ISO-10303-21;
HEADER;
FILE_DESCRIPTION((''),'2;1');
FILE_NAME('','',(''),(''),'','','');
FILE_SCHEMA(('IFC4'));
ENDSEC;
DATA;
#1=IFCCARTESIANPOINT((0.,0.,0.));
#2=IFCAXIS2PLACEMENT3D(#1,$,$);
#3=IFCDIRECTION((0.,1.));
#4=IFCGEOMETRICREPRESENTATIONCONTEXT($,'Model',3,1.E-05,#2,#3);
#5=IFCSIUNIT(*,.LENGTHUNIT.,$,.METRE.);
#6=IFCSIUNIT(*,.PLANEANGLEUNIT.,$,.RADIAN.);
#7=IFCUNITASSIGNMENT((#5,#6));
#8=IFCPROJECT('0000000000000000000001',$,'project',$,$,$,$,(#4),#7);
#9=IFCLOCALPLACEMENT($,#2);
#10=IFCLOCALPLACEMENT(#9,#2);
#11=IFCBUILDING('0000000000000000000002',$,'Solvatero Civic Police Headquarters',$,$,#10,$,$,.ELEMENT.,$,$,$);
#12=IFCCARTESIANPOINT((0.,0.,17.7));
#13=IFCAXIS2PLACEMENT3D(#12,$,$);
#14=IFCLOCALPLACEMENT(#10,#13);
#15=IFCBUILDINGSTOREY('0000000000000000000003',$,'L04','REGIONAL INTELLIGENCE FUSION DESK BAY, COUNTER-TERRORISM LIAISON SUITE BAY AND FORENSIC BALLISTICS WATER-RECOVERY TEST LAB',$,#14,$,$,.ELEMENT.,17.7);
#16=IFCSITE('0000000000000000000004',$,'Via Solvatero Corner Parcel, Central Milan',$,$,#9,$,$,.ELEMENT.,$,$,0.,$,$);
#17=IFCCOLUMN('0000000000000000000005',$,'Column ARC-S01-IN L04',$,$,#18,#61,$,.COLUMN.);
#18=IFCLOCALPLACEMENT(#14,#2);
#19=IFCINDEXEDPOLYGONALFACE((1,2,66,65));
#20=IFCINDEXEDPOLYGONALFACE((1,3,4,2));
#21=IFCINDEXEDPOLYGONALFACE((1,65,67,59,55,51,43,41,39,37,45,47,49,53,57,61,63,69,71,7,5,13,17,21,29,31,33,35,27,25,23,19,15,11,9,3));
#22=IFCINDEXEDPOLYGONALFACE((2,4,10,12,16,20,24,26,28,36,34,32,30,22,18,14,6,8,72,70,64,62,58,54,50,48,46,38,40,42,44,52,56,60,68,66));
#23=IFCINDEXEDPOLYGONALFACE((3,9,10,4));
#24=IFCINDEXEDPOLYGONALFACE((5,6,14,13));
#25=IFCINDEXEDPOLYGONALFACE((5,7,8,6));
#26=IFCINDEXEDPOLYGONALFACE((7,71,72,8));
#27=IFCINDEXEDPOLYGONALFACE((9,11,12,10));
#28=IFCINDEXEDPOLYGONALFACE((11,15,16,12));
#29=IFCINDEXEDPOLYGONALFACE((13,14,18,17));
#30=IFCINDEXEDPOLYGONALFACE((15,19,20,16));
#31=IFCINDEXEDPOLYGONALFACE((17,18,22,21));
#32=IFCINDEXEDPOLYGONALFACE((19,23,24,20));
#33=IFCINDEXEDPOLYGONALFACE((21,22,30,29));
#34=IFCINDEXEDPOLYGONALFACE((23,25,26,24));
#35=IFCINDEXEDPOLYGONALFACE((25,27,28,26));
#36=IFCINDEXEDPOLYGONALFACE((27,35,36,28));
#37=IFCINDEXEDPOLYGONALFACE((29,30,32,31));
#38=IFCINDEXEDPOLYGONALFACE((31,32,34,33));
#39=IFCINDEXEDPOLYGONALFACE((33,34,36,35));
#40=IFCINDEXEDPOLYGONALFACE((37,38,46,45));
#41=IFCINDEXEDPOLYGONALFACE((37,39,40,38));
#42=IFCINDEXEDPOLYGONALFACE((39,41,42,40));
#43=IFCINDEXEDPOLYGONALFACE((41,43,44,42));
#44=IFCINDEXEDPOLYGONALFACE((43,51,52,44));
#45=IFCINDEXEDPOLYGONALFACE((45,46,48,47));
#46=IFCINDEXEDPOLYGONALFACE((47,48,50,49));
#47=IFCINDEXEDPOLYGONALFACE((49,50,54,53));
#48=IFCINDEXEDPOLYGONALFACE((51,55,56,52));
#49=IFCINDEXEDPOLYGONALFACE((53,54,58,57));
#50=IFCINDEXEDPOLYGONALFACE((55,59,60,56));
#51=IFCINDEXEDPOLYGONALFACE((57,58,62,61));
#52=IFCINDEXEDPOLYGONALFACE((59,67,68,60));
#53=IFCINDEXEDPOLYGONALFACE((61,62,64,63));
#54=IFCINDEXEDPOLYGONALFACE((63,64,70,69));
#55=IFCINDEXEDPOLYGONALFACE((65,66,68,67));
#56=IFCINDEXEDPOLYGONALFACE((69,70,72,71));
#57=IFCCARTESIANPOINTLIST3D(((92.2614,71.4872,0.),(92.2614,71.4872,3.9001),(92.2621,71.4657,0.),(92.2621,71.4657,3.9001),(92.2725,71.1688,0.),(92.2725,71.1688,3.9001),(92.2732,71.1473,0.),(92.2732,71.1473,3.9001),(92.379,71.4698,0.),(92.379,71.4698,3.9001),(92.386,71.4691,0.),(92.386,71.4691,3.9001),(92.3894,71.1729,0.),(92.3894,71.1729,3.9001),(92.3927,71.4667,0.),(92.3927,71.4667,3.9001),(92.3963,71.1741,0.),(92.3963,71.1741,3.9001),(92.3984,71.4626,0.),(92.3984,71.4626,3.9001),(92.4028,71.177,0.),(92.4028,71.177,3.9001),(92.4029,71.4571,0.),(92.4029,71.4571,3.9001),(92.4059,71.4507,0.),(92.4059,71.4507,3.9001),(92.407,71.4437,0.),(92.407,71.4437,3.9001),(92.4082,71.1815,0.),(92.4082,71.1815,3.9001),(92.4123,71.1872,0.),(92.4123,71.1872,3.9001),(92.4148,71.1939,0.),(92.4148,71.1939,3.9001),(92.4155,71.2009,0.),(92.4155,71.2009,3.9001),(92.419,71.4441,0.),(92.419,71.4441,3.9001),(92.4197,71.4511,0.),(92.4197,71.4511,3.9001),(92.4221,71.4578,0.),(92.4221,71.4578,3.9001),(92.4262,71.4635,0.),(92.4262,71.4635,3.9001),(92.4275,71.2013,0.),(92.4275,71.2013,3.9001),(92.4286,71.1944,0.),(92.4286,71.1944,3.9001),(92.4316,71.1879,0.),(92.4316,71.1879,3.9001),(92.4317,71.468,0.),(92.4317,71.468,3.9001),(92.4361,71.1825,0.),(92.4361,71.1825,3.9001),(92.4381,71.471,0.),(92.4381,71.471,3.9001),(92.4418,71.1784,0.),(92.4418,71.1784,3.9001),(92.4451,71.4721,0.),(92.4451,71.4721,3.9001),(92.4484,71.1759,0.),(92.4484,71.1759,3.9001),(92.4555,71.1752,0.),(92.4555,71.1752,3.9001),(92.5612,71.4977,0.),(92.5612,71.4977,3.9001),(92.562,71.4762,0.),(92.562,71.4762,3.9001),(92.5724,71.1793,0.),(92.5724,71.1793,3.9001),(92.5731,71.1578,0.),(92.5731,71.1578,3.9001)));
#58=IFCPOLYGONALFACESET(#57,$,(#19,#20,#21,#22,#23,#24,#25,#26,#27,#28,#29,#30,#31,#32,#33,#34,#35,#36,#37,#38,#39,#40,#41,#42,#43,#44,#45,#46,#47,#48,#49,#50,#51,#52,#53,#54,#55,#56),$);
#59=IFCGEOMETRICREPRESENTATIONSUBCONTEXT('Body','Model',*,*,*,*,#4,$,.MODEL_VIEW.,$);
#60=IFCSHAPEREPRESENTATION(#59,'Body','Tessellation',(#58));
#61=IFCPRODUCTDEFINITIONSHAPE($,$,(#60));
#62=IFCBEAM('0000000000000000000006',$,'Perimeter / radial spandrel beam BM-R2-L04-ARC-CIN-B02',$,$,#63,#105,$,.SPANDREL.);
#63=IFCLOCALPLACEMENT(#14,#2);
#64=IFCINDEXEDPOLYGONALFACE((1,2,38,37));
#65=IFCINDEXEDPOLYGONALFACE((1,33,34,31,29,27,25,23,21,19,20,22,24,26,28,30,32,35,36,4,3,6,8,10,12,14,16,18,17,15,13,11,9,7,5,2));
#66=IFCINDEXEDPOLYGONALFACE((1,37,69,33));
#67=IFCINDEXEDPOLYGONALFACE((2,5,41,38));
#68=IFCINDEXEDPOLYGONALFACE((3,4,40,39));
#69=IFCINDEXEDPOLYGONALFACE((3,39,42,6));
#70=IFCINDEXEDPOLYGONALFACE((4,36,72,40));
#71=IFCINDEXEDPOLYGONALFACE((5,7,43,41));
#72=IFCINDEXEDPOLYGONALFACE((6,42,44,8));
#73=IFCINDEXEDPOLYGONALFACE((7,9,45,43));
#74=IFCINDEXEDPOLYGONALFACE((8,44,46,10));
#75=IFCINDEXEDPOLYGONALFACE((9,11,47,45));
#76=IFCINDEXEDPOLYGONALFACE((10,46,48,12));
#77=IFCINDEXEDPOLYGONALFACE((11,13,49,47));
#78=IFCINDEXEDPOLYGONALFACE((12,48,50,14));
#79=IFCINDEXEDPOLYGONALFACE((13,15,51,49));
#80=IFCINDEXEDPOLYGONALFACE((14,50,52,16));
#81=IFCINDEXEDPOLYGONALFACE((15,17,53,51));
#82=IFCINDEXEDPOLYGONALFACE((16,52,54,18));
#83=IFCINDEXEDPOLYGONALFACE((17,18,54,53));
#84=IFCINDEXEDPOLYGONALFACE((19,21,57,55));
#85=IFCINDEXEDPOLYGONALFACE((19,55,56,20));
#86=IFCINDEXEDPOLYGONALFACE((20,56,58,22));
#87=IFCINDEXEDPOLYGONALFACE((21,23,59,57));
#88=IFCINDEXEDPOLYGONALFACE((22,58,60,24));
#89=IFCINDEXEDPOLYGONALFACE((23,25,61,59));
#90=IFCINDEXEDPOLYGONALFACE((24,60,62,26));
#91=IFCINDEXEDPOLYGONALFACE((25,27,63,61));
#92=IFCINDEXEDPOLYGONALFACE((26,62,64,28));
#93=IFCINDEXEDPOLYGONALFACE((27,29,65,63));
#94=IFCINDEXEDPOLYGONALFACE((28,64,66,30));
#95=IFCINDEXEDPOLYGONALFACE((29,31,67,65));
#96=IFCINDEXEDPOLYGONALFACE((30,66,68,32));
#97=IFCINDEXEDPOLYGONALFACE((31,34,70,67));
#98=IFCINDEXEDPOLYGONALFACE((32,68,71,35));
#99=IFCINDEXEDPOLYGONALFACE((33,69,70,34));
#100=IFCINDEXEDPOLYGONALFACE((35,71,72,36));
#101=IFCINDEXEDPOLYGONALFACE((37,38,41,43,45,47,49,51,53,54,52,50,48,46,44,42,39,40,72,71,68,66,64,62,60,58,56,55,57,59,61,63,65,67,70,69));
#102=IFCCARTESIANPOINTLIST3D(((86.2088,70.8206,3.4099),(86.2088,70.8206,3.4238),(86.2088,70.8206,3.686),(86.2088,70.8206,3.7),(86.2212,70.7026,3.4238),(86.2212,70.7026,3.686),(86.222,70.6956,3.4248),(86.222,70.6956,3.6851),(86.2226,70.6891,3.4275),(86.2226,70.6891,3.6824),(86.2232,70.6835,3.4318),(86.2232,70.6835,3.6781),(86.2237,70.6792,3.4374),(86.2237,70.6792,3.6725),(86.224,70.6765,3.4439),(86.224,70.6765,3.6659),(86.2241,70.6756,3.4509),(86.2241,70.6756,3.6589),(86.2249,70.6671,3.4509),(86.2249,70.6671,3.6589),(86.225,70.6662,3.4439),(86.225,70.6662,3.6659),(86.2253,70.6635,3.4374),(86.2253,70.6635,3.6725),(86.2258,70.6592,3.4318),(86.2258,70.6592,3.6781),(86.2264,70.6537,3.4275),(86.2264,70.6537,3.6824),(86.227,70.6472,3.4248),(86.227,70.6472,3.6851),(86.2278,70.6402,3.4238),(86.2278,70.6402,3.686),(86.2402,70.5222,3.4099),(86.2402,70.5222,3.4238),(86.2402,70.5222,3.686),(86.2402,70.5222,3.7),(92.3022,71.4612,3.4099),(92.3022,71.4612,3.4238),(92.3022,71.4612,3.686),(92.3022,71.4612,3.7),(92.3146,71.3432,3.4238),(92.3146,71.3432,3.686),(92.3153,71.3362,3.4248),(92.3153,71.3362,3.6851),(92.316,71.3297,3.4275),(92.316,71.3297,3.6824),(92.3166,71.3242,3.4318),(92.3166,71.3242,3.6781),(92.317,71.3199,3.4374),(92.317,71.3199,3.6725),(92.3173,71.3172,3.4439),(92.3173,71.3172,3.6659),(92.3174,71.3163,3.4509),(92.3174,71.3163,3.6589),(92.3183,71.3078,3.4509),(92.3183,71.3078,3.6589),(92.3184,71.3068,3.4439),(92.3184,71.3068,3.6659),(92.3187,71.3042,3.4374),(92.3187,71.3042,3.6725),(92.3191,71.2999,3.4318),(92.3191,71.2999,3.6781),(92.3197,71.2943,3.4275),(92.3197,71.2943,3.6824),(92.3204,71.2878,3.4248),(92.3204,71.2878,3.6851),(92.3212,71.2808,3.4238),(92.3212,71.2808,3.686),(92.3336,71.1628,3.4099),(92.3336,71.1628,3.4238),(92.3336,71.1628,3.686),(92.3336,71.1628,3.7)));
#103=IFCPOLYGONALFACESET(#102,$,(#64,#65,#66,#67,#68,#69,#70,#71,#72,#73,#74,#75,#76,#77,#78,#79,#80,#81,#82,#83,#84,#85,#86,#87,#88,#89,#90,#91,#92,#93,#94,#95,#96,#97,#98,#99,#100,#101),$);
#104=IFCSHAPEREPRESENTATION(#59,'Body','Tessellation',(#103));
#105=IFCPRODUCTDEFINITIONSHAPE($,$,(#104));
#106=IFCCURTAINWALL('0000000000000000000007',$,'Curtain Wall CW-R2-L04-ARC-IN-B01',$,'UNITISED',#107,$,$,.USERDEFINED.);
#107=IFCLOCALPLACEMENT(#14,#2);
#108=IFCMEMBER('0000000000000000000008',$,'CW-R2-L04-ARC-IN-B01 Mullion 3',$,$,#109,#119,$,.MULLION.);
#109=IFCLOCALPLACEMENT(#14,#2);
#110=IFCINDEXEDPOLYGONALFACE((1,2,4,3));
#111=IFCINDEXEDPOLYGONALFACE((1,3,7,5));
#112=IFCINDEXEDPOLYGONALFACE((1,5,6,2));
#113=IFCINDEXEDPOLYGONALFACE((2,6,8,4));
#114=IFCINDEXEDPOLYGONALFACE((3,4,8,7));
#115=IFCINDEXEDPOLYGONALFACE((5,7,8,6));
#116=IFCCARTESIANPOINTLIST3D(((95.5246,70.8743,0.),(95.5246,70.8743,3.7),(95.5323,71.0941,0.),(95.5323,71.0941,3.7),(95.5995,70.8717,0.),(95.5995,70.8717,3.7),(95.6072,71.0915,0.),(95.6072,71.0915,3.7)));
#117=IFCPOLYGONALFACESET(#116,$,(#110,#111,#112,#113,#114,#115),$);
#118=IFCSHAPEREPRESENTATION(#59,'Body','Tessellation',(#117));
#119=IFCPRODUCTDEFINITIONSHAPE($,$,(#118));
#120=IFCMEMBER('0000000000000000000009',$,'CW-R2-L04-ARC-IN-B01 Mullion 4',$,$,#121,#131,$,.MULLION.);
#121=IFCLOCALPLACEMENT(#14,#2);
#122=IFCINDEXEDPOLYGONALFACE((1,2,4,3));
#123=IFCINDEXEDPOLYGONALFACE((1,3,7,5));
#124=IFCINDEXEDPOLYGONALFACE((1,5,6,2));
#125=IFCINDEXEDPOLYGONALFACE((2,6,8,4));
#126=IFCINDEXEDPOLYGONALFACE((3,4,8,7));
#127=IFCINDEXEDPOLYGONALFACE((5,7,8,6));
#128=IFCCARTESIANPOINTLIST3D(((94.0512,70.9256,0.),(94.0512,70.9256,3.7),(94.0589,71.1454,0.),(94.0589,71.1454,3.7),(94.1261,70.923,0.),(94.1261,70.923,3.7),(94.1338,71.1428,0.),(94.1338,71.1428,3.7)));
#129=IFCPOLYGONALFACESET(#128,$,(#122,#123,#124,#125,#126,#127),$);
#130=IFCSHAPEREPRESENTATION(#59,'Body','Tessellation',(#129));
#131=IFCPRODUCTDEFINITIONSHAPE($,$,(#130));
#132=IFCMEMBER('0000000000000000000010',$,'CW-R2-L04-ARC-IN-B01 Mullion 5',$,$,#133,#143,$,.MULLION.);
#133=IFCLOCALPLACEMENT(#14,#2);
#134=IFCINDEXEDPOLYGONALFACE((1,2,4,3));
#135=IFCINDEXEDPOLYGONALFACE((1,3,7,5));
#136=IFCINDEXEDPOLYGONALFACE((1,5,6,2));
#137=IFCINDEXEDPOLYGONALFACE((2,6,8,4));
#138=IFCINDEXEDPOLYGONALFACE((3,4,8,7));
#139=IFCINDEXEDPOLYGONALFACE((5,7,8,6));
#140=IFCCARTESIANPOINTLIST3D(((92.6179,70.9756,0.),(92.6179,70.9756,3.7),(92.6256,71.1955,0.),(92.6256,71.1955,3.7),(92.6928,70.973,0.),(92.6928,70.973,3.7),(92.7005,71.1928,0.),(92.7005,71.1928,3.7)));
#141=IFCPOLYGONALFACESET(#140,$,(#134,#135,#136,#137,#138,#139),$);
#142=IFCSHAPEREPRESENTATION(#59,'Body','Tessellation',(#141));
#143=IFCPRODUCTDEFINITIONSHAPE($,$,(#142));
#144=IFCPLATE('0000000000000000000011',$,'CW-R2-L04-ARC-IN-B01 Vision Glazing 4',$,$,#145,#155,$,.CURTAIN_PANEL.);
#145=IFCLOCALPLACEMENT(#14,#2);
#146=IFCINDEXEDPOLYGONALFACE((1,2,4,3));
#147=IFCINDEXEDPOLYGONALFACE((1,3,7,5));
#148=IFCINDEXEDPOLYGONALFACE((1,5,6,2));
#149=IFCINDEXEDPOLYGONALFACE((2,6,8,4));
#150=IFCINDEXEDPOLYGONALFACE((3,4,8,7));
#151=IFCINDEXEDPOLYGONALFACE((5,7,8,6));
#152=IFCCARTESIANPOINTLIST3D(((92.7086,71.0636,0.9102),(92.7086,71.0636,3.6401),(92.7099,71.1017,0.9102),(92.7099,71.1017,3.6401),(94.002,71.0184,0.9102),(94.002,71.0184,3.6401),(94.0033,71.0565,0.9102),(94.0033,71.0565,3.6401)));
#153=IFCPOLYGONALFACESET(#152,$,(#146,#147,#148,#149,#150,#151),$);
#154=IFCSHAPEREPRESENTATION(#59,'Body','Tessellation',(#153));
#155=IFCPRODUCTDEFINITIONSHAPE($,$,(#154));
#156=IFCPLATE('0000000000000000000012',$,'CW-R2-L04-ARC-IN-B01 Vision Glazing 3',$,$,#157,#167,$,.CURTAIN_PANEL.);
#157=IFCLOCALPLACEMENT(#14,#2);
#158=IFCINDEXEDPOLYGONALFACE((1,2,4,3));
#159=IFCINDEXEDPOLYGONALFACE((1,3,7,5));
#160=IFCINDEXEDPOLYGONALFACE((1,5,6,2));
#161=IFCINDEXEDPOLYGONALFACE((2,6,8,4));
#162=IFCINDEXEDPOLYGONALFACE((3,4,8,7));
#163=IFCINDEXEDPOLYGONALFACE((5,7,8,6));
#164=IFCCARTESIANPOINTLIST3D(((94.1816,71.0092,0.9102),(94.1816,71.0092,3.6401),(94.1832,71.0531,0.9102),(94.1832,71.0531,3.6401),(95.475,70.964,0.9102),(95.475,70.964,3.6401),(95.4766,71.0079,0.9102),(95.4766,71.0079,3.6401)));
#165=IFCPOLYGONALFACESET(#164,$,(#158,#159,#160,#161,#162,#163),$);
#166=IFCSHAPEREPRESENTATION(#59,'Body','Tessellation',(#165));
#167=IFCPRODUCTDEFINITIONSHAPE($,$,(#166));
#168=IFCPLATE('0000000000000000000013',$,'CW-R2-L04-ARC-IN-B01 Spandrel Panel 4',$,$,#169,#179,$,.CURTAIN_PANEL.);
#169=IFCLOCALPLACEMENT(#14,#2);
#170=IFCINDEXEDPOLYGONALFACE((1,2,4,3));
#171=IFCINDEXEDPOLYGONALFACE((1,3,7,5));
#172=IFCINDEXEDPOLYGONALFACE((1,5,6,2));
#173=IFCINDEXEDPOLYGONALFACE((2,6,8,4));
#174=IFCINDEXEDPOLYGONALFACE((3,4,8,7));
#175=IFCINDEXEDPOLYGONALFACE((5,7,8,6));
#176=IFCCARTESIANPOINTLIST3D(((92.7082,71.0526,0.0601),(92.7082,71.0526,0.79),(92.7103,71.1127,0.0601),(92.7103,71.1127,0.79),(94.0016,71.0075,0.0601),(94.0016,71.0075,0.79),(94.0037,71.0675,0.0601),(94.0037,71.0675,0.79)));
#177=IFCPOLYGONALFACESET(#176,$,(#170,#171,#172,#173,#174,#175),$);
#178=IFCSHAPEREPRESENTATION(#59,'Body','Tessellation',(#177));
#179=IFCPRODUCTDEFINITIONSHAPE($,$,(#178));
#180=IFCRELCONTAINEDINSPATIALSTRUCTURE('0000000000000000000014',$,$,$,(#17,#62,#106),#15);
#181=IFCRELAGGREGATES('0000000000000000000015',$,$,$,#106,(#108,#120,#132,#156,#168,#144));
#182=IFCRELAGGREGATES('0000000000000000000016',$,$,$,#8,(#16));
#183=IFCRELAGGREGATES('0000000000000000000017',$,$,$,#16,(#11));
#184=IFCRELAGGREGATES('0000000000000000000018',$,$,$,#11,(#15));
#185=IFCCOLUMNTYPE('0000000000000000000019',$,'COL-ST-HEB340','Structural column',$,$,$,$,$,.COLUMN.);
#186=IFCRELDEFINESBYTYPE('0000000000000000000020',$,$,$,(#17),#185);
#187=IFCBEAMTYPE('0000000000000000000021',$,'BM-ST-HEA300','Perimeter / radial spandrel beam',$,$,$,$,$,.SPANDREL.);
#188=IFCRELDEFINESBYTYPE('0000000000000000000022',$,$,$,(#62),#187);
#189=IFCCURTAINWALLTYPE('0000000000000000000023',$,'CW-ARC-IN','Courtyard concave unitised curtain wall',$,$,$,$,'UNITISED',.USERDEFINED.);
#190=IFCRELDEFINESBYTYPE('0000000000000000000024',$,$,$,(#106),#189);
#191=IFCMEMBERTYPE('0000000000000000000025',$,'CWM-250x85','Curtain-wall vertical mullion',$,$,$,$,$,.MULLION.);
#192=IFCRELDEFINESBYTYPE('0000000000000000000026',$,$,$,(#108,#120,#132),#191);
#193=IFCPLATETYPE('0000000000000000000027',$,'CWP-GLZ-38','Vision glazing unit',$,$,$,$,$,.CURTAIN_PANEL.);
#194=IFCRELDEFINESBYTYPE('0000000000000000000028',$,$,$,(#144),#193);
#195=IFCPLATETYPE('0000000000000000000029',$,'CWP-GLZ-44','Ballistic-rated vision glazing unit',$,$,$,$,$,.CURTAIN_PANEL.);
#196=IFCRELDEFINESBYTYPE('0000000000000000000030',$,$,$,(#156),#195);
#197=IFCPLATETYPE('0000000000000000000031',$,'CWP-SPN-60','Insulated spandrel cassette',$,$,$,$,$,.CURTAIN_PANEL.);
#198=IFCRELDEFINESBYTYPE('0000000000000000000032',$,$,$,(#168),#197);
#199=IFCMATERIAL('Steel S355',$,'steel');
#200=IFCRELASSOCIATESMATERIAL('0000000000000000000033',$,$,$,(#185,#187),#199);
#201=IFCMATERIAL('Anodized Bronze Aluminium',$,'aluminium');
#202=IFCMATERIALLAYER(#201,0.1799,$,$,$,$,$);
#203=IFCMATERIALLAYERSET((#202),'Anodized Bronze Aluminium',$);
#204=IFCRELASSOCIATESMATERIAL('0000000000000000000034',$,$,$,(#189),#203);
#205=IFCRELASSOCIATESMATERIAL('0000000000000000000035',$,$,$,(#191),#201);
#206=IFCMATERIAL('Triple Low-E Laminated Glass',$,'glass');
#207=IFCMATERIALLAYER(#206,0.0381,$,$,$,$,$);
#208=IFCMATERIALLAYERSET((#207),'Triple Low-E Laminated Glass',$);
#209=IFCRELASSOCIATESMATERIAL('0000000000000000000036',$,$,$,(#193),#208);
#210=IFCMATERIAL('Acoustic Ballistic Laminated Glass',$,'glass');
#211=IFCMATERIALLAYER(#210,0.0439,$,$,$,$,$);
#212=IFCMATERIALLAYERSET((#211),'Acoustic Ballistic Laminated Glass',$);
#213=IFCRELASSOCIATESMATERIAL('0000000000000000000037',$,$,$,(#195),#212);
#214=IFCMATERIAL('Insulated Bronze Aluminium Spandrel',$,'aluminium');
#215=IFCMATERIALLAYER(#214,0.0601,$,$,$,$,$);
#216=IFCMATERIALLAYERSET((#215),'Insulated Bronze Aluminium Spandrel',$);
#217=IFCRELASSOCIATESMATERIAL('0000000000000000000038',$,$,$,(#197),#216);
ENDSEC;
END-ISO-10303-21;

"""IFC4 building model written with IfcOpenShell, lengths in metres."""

from ifc_helpers import new_model, si_unit, direction, frame, origin, origin_2d, place, context, subcontext, project, spatial, rectangle, i_section, extrude, material, layer, layer_set, material_profile, profile_set, type_object, element, aggregate, save


model = new_model("IFC4")

# Units and contexts
model_context = context("Model", 3, precision=1e-05, world=origin(), true_north=direction((0.0, 1.0)))
body_context = subcontext(model_context, "Body", "Model", "MODEL_VIEW")
ifc_project = project(units=[si_unit("LENGTHUNIT", "METRE"), si_unit("PLANEANGLEUNIT", "RADIAN")], contexts=[model_context])

# Site, building, storey
site_placement = place(None, origin())
site = spatial("IfcSite", under=ifc_project, at=site_placement, Name="Via Solvatero Corner Parcel, Central Milan", CompositionType="ELEMENT", RefElevation=0.0)
building_placement = place(site_placement, origin())
building = spatial("IfcBuilding", under=site, at=building_placement, Name="Solvatero Civic Police Headquarters", CompositionType="ELEMENT")
storey_placement = place(building_placement, frame((0.0, 0.0, 17.7)))
storey = spatial("IfcBuildingStorey", under=building, at=storey_placement, Name="L04", Description="REGIONAL INTELLIGENCE FUSION DESK BAY, COUNTER-TERRORISM LIAISON SUITE BAY AND FORENSIC BALLISTICS WATER-RECOVERY TEST LAB", CompositionType="ELEMENT", Elevation=17.7)

# Column
ifc_material_1 = material(Name="Steel S355", Category="steel")
ifc_material_profile_1 = material_profile(ifc_material_1, i_section(OverallWidth=0.3, OverallDepth=0.3401, WebThickness=0.012, FlangeThickness=0.0215, FilletRadius=0.0271, at=origin_2d()), Name="HEB 340")
ifc_profile_set_1 = profile_set([ifc_material_profile_1], Name="Steel S355")
column_type = type_object("IfcColumnType", Name="COL-ST-HEB340", Description="Structural column", PredefinedType="COLUMN", material=ifc_profile_set_1)
column_placement = place(storey_placement, frame((92.4172, 71.3225, 0.0), z_axis=(0.0, 0.0, 1.0), x_axis=(0.999391, 0.034899, 0.0)))
element("IfcColumn", 1, at=column_placement, inside=storey, type_object=column_type, Name="Column ARC-S01-IN L04", PredefinedType="COLUMN", context=body_context, shape_type="SweptSolid", body=[
    extrude(i_section(OverallWidth=0.3, OverallDepth=0.3401, WebThickness=0.012, FlangeThickness=0.0215, FilletRadius=0.0271, at=origin_2d()), origin(), (0.0, 0.0, 1.0), 3.9001),
])

# Beam
ifc_material_profile_2 = material_profile(ifc_material_1, i_section(OverallWidth=0.3, OverallDepth=0.29, WebThickness=0.0085, FlangeThickness=0.0139, FilletRadius=0.0271, at=origin_2d()), Name="HEA 300")
ifc_profile_set_2 = profile_set([ifc_material_profile_2], Name="Steel S355")
beam_type = type_object("IfcBeamType", Name="BM-ST-HEA300", Description="Perimeter / radial spandrel beam", PredefinedType="SPANDREL", material=ifc_profile_set_2)
beam_placement = place(storey_placement, frame((92.3179, 71.312, 3.5549), z_axis=(-0.994519, -0.10456, 0.0), x_axis=(0.10456, -0.994519, 0.0)))
element("IfcBeam", 2, at=beam_placement, inside=storey, type_object=beam_type, Name="Perimeter / radial spandrel beam BM-R2-L04-ARC-CIN-B02", PredefinedType="SPANDREL", context=body_context, shape_type="SweptSolid", body=[
    extrude(i_section(OverallWidth=0.3, OverallDepth=0.29, WebThickness=0.0085, FlangeThickness=0.0139, FilletRadius=0.0271, at=origin_2d()), origin(), (0.0, 0.0, 1.0), 6.127),
])

# Curtain wall, members, plates
ifc_material_2 = material(Name="Anodized Bronze Aluminium", Category="aluminium")
ifc_layer_1 = layer(ifc_material_2, 0.1799)
ifc_layer_set_1 = layer_set([ifc_layer_1], Name="Anodized Bronze Aluminium")
curtain_wall_type = type_object("IfcCurtainWallType", Name="CW-ARC-IN", Description="Courtyard concave unitised curtain wall", ElementType="UNITISED", PredefinedType="USERDEFINED", material=ifc_layer_set_1)
curtain_wall_placement = place(storey_placement, origin())
curtain_wall = element("IfcCurtainWall", 3, at=curtain_wall_placement, inside=storey, type_object=curtain_wall_type, Name="Curtain Wall CW-R2-L04-ARC-IN-B01", ObjectType="UNITISED", PredefinedType="USERDEFINED")
ifc_material_profile_3 = material_profile(ifc_material_2, rectangle(XDim=0.075, YDim=0.22, at=origin_2d()), Name="ALU MULLION 75x220")
ifc_profile_set_3 = profile_set([ifc_material_profile_3], Name="Anodized Bronze Aluminium")
member_type = type_object("IfcMemberType", Name="CWM-250x85", Description="Curtain-wall vertical mullion", PredefinedType="MULLION", material=ifc_profile_set_3)
member_1_placement = place(storey_placement, frame((95.5659, 70.9829, 0.0), z_axis=(0.0, 0.0, 1.0), x_axis=(-0.999391, 0.034899, 0.0)))
member_1 = element("IfcMember", 4, at=member_1_placement, type_object=member_type, Name="CW-R2-L04-ARC-IN-B01 Mullion 3", PredefinedType="MULLION", context=body_context, shape_type="SweptSolid", body=[
    extrude(rectangle(XDim=0.075, YDim=0.22, at=origin_2d()), origin(), (0.0, 0.0, 1.0), 3.7),
])
member_2_placement = place(storey_placement, frame((94.0925, 71.0342, 0.0), z_axis=(0.0, 0.0, 1.0), x_axis=(-0.999391, 0.034899, 0.0)))
member_2 = element("IfcMember", 5, at=member_2_placement, type_object=member_type, Name="CW-R2-L04-ARC-IN-B01 Mullion 4", PredefinedType="MULLION", context=body_context, shape_type="SweptSolid", body=[
    extrude(rectangle(XDim=0.075, YDim=0.22, at=origin_2d()), origin(), (0.0, 0.0, 1.0), 3.7),
])
member_3_placement = place(storey_placement, frame((92.6592, 71.0842, 0.0), z_axis=(0.0, 0.0, 1.0), x_axis=(-0.999391, 0.034899, 0.0)))
member_3 = element("IfcMember", 6, at=member_3_placement, type_object=member_type, Name="CW-R2-L04-ARC-IN-B01 Mullion 5", PredefinedType="MULLION", context=body_context, shape_type="SweptSolid", body=[
    extrude(rectangle(XDim=0.075, YDim=0.22, at=origin_2d()), origin(), (0.0, 0.0, 1.0), 3.7),
])
ifc_material_3 = material(Name="Triple Low-E Laminated Glass", Category="glass")
ifc_layer_2 = layer(ifc_material_3, 0.0381)
ifc_layer_set_2 = layer_set([ifc_layer_2], Name="Triple Low-E Laminated Glass")
plate_type_1 = type_object("IfcPlateType", Name="CWP-GLZ-38", Description="Vision glazing unit", PredefinedType="CURTAIN_PANEL", material=ifc_layer_set_2)
plate_1_placement = place(storey_placement, frame((93.356, 71.0601, 0.9102), z_axis=(0.0, 0.0, 1.0), x_axis=(-0.999391, 0.034899, 0.0)))
plate_1 = element("IfcPlate", 7, at=plate_1_placement, type_object=plate_type_1, Name="CW-R2-L04-ARC-IN-B01 Vision Glazing 4", PredefinedType="CURTAIN_PANEL", context=body_context, shape_type="SweptSolid", body=[
    extrude(rectangle(XDim=1.2942, YDim=0.0381, at=origin_2d()), origin(), (0.0, 0.0, 1.0), 2.73),
])
ifc_material_4 = material(Name="Acoustic Ballistic Laminated Glass", Category="glass")
ifc_layer_3 = layer(ifc_material_4, 0.0439)
ifc_layer_set_3 = layer_set([ifc_layer_3], Name="Acoustic Ballistic Laminated Glass")
plate_type_2 = type_object("IfcPlateType", Name="CWP-GLZ-44", Description="Ballistic-rated vision glazing unit", PredefinedType="CURTAIN_PANEL", material=ifc_layer_set_3)
plate_2_placement = place(storey_placement, frame((94.8291, 71.0085, 0.9102), z_axis=(0.0, 0.0, 1.0), x_axis=(-0.999391, 0.034899, 0.0)))
plate_2 = element("IfcPlate", 8, at=plate_2_placement, type_object=plate_type_2, Name="CW-R2-L04-ARC-IN-B01 Vision Glazing 3", PredefinedType="CURTAIN_PANEL", context=body_context, shape_type="SweptSolid", body=[
    extrude(rectangle(XDim=1.2942, YDim=0.0439, at=origin_2d()), origin(), (0.0, 0.0, 1.0), 2.73),
])
ifc_material_5 = material(Name="Insulated Bronze Aluminium Spandrel", Category="aluminium")
ifc_layer_4 = layer(ifc_material_5, 0.0601)
ifc_layer_set_4 = layer_set([ifc_layer_4], Name="Insulated Bronze Aluminium Spandrel")
plate_type_3 = type_object("IfcPlateType", Name="CWP-SPN-60", Description="Insulated spandrel cassette", PredefinedType="CURTAIN_PANEL", material=ifc_layer_set_4)
plate_3_placement = place(storey_placement, frame((93.356, 71.0601, 0.0601), z_axis=(0.0, 0.0, 1.0), x_axis=(-0.999391, 0.034899, 0.0)))
plate_3 = element("IfcPlate", 9, at=plate_3_placement, type_object=plate_type_3, Name="CW-R2-L04-ARC-IN-B01 Spandrel Panel 4", PredefinedType="CURTAIN_PANEL", context=body_context, shape_type="SweptSolid", body=[
    extrude(rectangle(XDim=1.2942, YDim=0.0601, at=origin_2d()), origin(), (0.0, 0.0, 1.0), 0.73),
])
aggregate(curtain_wall, [member_1, member_2, member_3, plate_2, plate_3, plate_1])

save(model, "model.ifc")
